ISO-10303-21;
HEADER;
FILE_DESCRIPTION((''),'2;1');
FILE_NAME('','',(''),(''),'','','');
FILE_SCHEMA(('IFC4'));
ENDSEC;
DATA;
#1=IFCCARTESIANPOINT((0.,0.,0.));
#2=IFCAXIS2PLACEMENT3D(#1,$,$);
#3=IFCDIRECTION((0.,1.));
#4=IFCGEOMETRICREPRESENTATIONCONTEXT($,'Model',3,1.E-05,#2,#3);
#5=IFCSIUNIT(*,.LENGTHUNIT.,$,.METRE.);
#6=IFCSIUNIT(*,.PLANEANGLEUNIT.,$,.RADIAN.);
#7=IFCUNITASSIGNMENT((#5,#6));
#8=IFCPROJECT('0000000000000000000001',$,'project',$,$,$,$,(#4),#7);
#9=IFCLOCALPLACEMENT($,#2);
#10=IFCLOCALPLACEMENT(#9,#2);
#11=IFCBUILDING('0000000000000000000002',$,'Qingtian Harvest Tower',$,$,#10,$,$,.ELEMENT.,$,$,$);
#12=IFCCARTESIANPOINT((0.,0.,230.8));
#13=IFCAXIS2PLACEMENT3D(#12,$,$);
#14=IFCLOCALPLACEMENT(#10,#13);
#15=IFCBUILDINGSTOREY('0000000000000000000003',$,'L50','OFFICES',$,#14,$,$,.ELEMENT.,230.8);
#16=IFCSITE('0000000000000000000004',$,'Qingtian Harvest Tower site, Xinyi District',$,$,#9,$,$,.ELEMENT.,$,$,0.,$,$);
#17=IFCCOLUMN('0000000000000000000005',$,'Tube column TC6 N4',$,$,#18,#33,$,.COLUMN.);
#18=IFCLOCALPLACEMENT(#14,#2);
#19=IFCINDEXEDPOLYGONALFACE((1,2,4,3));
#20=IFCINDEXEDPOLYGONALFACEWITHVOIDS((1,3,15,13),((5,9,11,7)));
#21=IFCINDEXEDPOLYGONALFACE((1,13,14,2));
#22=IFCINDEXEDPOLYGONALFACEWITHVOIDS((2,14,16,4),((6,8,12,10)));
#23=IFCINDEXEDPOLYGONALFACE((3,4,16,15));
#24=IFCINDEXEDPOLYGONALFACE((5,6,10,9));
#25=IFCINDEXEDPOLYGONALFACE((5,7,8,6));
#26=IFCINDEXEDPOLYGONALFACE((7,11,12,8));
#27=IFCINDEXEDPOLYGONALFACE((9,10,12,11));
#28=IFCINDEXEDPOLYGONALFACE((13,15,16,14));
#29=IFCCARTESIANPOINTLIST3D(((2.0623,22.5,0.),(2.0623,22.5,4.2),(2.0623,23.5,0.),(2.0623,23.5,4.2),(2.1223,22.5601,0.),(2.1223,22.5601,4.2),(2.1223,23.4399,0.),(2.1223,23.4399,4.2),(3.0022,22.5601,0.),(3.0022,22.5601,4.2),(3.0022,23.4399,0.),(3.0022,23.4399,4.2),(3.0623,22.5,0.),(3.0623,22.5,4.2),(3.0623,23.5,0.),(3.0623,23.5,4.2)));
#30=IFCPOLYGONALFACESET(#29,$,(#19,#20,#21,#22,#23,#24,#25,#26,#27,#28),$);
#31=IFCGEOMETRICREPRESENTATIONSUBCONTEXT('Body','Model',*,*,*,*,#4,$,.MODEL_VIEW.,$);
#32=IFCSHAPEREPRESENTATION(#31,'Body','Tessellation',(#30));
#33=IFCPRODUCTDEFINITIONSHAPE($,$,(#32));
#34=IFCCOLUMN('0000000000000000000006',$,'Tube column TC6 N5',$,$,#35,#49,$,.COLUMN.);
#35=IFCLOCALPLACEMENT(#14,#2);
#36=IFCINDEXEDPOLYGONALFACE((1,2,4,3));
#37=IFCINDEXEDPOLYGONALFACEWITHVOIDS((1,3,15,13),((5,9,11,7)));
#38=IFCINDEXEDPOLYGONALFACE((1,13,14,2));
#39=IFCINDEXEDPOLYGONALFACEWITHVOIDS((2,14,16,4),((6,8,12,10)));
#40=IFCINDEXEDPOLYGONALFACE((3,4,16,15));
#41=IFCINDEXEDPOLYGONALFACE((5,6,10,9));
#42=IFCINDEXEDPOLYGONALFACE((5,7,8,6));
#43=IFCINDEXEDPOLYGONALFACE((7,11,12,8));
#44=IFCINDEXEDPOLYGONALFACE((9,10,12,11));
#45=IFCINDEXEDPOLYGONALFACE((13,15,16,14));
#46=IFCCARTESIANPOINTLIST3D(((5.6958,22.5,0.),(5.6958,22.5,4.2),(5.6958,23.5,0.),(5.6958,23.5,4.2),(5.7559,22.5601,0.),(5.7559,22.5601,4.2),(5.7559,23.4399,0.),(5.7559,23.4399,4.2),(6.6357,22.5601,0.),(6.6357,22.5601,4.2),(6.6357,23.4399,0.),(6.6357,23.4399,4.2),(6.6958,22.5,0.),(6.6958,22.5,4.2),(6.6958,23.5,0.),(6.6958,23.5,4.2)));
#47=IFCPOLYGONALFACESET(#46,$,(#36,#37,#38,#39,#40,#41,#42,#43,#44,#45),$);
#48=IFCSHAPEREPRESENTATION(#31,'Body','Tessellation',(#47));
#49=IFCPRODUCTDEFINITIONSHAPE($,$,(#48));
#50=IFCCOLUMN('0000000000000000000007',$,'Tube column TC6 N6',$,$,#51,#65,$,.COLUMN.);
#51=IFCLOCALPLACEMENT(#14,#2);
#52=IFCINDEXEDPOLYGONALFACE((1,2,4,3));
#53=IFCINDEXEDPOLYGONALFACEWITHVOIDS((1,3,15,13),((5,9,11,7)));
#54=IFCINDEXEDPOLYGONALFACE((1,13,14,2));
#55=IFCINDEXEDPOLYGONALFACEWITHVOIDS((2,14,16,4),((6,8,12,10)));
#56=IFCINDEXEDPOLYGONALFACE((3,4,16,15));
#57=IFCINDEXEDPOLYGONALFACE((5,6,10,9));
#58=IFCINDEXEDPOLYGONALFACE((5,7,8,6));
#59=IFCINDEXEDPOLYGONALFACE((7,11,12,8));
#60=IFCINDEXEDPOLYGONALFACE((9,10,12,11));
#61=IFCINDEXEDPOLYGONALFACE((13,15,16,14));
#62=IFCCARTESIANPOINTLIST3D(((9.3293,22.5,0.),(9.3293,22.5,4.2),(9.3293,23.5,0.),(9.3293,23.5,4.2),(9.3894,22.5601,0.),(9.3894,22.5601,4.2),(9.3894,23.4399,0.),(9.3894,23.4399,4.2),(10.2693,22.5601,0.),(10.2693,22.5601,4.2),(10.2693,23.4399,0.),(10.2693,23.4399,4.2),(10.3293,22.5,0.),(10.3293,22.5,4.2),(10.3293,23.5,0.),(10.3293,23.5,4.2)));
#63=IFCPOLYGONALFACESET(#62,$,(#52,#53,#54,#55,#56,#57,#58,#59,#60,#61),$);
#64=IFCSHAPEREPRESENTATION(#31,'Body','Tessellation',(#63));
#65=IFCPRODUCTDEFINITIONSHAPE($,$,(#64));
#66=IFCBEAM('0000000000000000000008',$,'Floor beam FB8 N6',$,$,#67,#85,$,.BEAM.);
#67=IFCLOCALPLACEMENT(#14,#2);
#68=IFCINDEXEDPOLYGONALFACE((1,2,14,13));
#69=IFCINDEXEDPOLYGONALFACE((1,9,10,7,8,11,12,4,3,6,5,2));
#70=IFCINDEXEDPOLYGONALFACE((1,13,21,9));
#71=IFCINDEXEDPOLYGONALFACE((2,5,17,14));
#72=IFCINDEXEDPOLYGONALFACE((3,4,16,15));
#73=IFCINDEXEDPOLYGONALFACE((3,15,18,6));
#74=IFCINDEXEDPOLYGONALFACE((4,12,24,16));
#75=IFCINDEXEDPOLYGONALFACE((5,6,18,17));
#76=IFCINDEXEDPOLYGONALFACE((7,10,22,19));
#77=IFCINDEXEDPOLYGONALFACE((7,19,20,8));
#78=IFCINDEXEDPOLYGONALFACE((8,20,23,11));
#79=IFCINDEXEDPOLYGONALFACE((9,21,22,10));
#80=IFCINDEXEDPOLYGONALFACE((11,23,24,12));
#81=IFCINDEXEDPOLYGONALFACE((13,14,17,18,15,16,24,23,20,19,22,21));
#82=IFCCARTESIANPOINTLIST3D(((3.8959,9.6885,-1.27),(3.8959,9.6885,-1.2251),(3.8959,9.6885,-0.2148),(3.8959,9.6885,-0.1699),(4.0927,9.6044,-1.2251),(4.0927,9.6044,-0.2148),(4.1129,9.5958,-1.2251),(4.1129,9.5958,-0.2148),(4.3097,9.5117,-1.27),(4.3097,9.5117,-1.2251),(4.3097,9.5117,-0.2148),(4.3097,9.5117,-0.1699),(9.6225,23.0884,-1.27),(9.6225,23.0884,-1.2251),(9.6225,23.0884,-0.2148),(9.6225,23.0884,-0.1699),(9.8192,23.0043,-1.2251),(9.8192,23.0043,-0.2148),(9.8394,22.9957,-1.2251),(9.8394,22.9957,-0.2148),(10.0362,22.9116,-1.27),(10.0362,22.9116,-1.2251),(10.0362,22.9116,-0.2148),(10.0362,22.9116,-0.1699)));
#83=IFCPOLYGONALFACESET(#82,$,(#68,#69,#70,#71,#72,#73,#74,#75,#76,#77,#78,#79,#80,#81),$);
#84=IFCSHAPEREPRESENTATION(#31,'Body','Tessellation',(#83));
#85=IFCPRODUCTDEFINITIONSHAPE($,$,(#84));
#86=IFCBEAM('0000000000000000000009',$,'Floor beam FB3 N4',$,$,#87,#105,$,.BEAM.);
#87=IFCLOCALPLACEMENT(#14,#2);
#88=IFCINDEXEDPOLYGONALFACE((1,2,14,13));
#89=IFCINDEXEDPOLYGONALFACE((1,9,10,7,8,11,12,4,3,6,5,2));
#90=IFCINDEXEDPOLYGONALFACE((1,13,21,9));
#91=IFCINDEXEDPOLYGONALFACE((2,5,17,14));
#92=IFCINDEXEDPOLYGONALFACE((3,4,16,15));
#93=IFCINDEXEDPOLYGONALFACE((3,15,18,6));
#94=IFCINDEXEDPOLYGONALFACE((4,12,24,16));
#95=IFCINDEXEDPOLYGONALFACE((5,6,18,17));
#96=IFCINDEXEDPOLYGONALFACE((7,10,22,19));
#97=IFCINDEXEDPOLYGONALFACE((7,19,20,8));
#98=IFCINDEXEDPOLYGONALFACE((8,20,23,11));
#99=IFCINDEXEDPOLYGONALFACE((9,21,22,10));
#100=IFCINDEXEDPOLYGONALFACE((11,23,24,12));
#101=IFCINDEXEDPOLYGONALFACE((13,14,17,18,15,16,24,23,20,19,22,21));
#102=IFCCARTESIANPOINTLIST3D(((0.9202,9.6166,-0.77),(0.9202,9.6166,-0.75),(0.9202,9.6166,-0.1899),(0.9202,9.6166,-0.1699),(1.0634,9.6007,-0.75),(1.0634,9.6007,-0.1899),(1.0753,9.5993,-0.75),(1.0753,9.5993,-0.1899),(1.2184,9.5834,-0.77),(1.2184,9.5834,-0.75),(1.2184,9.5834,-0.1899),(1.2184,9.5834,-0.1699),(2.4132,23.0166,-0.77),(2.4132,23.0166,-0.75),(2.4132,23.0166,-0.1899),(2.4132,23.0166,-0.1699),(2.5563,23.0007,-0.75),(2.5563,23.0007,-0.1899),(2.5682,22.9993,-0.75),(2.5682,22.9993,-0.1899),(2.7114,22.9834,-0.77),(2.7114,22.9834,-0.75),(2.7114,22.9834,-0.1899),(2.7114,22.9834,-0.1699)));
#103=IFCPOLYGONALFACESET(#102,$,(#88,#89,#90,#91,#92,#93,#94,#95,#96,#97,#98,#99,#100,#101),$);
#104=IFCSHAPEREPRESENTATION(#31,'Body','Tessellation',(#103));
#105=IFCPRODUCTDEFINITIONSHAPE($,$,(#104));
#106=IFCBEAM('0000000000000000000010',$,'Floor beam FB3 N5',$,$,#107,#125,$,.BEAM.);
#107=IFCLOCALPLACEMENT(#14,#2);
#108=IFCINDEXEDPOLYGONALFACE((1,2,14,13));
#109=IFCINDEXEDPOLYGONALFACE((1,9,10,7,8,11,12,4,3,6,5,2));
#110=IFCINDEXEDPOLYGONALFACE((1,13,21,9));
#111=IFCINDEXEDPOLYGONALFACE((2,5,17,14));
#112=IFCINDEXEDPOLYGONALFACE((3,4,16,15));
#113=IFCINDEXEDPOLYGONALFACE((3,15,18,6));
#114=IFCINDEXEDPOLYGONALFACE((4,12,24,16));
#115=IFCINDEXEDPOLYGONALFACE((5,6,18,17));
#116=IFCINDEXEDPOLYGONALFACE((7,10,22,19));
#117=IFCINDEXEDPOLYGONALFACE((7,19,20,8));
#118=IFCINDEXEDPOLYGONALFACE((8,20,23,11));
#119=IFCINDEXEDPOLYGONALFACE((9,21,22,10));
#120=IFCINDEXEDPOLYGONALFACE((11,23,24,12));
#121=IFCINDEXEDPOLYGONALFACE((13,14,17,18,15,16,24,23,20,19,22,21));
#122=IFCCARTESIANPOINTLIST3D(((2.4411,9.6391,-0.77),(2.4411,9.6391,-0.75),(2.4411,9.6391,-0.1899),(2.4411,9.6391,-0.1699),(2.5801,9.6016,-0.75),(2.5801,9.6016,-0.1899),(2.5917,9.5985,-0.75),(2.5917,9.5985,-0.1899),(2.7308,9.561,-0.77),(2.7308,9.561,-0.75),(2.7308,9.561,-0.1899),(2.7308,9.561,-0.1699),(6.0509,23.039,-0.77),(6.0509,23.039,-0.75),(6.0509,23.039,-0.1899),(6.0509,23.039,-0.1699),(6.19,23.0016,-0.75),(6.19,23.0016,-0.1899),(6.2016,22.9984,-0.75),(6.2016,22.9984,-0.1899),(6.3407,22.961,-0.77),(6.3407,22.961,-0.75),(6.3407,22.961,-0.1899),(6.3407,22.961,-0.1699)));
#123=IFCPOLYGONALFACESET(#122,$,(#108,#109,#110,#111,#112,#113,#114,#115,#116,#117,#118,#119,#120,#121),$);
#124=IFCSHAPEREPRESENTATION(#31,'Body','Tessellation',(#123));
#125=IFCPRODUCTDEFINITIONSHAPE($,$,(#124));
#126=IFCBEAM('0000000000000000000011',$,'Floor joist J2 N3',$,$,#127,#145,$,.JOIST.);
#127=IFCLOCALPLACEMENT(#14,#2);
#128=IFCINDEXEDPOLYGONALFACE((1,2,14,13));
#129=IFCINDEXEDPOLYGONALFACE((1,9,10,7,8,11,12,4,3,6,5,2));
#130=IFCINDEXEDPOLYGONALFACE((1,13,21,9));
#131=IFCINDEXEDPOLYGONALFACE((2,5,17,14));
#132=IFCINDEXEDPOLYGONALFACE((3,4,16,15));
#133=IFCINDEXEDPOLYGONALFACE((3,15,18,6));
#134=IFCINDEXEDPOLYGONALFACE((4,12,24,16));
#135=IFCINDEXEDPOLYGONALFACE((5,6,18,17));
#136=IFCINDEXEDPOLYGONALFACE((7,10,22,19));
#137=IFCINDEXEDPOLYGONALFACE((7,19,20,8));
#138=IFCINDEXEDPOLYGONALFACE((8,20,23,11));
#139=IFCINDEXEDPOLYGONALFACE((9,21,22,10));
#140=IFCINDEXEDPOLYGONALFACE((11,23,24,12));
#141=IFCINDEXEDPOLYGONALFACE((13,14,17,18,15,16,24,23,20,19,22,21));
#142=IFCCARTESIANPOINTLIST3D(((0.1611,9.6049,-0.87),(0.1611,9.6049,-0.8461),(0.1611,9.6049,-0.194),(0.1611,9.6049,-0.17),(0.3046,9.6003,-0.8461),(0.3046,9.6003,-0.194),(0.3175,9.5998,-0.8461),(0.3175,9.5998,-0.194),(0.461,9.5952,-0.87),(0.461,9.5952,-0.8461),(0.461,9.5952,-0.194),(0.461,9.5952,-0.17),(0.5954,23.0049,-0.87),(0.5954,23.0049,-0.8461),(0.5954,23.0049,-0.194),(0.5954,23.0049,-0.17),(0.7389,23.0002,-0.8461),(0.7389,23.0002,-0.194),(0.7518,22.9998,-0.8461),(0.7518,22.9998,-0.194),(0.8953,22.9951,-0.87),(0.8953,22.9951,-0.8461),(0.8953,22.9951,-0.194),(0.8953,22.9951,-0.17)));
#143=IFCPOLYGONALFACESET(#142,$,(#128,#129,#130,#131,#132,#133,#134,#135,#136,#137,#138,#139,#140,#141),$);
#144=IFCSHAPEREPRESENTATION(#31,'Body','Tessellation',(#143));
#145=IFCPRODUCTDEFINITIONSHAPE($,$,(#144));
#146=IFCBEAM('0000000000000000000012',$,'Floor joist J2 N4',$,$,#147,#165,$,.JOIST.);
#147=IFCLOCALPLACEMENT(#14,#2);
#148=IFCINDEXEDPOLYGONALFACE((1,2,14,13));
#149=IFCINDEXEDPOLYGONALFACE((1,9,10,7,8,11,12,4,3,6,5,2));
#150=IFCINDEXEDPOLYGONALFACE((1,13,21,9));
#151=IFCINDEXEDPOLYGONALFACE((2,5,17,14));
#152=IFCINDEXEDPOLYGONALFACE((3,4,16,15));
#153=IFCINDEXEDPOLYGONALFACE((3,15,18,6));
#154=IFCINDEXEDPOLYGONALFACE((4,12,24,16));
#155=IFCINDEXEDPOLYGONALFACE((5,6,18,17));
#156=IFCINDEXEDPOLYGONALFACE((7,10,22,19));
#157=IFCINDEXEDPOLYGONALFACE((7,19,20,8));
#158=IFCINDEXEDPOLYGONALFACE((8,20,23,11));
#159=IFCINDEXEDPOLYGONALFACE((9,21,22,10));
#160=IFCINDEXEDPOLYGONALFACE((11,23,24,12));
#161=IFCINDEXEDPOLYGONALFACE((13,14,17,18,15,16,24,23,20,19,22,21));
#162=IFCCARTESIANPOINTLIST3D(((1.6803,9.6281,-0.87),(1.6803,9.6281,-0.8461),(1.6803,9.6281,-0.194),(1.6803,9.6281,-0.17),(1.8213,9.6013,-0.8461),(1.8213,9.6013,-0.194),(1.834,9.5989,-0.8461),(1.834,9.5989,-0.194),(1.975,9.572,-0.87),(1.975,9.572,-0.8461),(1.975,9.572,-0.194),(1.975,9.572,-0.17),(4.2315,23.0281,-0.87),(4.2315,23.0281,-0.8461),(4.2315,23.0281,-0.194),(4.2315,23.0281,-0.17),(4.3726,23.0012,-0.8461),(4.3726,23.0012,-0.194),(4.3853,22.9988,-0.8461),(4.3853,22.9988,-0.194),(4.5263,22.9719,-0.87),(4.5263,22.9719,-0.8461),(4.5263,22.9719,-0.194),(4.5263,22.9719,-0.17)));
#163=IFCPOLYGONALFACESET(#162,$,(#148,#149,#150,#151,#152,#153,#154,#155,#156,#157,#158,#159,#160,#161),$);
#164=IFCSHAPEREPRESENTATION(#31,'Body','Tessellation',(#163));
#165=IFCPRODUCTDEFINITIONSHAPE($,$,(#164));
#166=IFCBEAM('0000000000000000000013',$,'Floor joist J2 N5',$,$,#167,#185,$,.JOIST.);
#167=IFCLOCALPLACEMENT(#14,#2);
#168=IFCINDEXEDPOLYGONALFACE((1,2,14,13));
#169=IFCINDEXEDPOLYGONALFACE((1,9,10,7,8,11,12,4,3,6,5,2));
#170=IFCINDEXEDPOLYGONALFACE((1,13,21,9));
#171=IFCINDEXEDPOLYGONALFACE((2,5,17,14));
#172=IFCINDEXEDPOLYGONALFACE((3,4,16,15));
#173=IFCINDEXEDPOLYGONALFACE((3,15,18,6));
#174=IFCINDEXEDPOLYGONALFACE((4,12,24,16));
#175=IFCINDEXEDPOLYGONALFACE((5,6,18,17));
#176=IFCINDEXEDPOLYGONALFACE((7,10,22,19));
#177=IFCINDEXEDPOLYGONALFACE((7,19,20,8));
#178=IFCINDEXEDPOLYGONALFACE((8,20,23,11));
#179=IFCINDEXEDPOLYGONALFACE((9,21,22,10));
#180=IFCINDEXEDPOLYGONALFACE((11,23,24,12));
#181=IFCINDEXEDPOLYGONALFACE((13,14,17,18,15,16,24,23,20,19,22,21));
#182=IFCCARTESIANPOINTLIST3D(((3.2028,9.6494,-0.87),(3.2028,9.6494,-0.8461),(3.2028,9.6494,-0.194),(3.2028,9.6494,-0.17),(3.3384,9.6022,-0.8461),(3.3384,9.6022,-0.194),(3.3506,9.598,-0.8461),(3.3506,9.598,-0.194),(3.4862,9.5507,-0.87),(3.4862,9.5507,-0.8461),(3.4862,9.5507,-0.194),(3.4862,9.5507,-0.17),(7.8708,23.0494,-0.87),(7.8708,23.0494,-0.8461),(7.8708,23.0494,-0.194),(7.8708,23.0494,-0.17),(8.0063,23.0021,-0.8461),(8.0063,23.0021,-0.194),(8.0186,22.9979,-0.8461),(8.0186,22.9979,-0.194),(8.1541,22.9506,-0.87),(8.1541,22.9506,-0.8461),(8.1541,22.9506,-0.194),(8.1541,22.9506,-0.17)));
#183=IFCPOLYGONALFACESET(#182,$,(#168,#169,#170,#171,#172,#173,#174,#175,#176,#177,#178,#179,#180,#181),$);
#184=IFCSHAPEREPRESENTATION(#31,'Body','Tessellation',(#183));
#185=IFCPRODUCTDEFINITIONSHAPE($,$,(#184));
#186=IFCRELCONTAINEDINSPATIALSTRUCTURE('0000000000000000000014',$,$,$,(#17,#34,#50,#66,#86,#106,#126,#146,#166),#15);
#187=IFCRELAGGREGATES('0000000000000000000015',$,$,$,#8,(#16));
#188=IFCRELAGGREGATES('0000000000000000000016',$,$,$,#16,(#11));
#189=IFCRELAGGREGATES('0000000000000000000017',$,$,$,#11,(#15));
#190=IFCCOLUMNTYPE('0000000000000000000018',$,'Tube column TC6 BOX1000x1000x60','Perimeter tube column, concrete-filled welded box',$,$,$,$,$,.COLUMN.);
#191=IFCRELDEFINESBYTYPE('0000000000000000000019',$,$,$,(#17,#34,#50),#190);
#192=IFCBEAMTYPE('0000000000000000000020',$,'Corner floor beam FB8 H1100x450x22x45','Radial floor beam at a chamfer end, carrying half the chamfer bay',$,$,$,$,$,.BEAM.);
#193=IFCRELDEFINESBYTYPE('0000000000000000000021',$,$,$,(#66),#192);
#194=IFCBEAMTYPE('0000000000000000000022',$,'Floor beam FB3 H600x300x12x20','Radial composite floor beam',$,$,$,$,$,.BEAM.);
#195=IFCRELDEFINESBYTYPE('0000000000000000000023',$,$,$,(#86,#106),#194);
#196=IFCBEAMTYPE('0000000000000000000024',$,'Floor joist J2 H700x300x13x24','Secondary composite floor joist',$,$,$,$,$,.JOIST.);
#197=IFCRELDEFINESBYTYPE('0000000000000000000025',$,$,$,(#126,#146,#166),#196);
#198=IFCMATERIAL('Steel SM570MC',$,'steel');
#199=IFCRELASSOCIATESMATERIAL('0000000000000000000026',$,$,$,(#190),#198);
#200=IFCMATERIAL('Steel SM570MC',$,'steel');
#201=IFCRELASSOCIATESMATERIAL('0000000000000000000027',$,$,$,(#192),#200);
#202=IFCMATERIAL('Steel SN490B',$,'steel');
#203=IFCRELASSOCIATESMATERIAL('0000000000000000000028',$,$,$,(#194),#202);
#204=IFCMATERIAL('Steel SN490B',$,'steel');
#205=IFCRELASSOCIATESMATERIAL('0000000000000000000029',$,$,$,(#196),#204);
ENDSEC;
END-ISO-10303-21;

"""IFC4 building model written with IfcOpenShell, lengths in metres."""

from ifc_helpers import new_model, si_unit, direction, frame, origin, origin_2d, place, context, subcontext, project, spatial, hollow_rectangle, i_section, extrude, material, material_profile, profile_set, type_object, element, save


model = new_model("IFC4")

# Units and contexts
model_context = context("Model", 3, precision=1e-05, world=origin(), true_north=direction((0.0, 1.0)))
body_context = subcontext(model_context, "Body", "Model", "MODEL_VIEW")
ifc_project = project(units=[si_unit("LENGTHUNIT", "METRE"), si_unit("PLANEANGLEUNIT", "RADIAN")], contexts=[model_context])

# Site, building, storey
site_placement = place(None, origin())
site = spatial("IfcSite", under=ifc_project, at=site_placement, Name="Qingtian Harvest Tower site, Xinyi District", CompositionType="ELEMENT", RefElevation=0.0)
building_placement = place(site_placement, origin())
building = spatial("IfcBuilding", under=site, at=building_placement, Name="Qingtian Harvest Tower", CompositionType="ELEMENT")
storey_placement = place(building_placement, frame((0.0, 0.0, 230.8)))
storey = spatial("IfcBuildingStorey", under=building, at=storey_placement, Name="L50", Description="OFFICES", CompositionType="ELEMENT", Elevation=230.8)

# Columns
ifc_material_1 = material(Name="Steel SM570MC", Category="steel")
ifc_material_profile_1 = material_profile(ifc_material_1, hollow_rectangle(XDim=1.0, YDim=1.0, WallThickness=0.0601, at=origin_2d()), Name="BOX1000x1000x60")
ifc_profile_set_1 = profile_set([ifc_material_profile_1], Name="Steel SM570MC")
column_type = type_object("IfcColumnType", Name="Tube column TC6 BOX1000x1000x60", Description="Perimeter tube column, concrete-filled welded box", PredefinedType="COLUMN", material=ifc_profile_set_1)
for number, where, z_axis, x_axis, name in (
    (1, (2.5623, 23.0, 0.0), (0.0, 0.0, 1.0), (-1.0, 0.0, 0.0), "Tube column TC6 N4"),
    (2, (6.1958, 23.0, 0.0), (0.0, 0.0, 1.0), (-1.0, 0.0, 0.0), "Tube column TC6 N5"),
    (3, (9.8293, 23.0, 0.0), (0.0, 0.0, 1.0), (-1.0, 0.0, 0.0), "Tube column TC6 N6"),
):
    element("IfcColumn", number, at=place(storey_placement, frame(where, z_axis=z_axis, x_axis=x_axis)), inside=storey, type_object=column_type, Name=name, PredefinedType="COLUMN", context=body_context, shape_type="SweptSolid", body=[
        extrude(hollow_rectangle(XDim=1.0, YDim=1.0, WallThickness=0.0601, at=origin_2d()), origin(), (0.0, 0.0, 1.0), 4.2),
    ])

# Beams
ifc_material_2 = material(Name="Steel SM570MC", Category="steel")
ifc_material_profile_2 = material_profile(ifc_material_2, i_section(OverallWidth=0.45, OverallDepth=1.1001, WebThickness=0.022, FlangeThickness=0.0449, at=origin_2d()), Name="H1100x450x22x45")
ifc_profile_set_2 = profile_set([ifc_material_profile_2], Name="Steel SM570MC")
beam_type_1 = type_object("IfcBeamType", Name="Corner floor beam FB8 H1100x450x22x45", Description="Radial floor beam at a chamfer end, carrying half the chamfer bay", PredefinedType="BEAM", material=ifc_profile_set_2)
beam_1_placement = place(storey_placement, frame((9.8293, 23.0, -0.72), z_axis=(-0.392977, -0.919548, 0.0), x_axis=(0.919548, -0.392977, 0.0)))
element("IfcBeam", 4, at=beam_1_placement, inside=storey, type_object=beam_type_1, Name="Floor beam FB8 N6", PredefinedType="BEAM", context=body_context, shape_type="SweptSolid", body=[
    extrude(i_section(OverallWidth=0.45, OverallDepth=1.1001, WebThickness=0.022, FlangeThickness=0.0449, at=origin_2d()), origin(), (0.0, 0.0, 1.0), 14.5723),
])
ifc_material_3 = material(Name="Steel SN490B", Category="steel")
ifc_material_profile_3 = material_profile(ifc_material_3, i_section(OverallWidth=0.3, OverallDepth=0.6001, WebThickness=0.012, FlangeThickness=0.02, at=origin_2d()), Name="H600x300x12x20")
ifc_profile_set_3 = profile_set([ifc_material_profile_3], Name="Steel SN490B")
beam_type_2 = type_object("IfcBeamType", Name="Floor beam FB3 H600x300x12x20", Description="Radial composite floor beam", PredefinedType="BEAM", material=ifc_profile_set_3)
beam_2_placement = place(storey_placement, frame((2.5623, 23.0, -0.47), z_axis=(-0.110728, -0.993851, 0.0), x_axis=(0.993851, -0.110728, 0.0)))
element("IfcBeam", 5, at=beam_2_placement, inside=storey, type_object=beam_type_2, Name="Floor beam FB3 N4", PredefinedType="BEAM", context=body_context, shape_type="SweptSolid", body=[
    extrude(i_section(OverallWidth=0.3, OverallDepth=0.6001, WebThickness=0.012, FlangeThickness=0.02, at=origin_2d()), origin(), (0.0, 0.0, 1.0), 13.4829),
])
beam_3_placement = place(storey_placement, frame((6.1958, 23.0, -0.47), z_axis=(-0.260121, -0.965576, 0.0), x_axis=(0.965576, -0.260121, 0.0)))
element("IfcBeam", 6, at=beam_3_placement, inside=storey, type_object=beam_type_2, Name="Floor beam FB3 N5", PredefinedType="BEAM", context=body_context, shape_type="SweptSolid", body=[
    extrude(i_section(OverallWidth=0.3, OverallDepth=0.6001, WebThickness=0.012, FlangeThickness=0.02, at=origin_2d()), origin(), (0.0, 0.0, 1.0), 13.8777),
])
ifc_material_4 = material(Name="Steel SN490B", Category="steel")
ifc_material_profile_4 = material_profile(ifc_material_4, i_section(OverallWidth=0.3, OverallDepth=0.7, WebThickness=0.0129, FlangeThickness=0.0239, at=origin_2d()), Name="H700x300x13x24")
ifc_profile_set_4 = profile_set([ifc_material_profile_4], Name="Steel SN490B")
beam_type_3 = type_object("IfcBeamType", Name="Floor joist J2 H700x300x13x24", Description="Secondary composite floor joist", PredefinedType="JOIST", material=ifc_profile_set_4)
beam_4_placement = place(storey_placement, frame((0.7454, 23.0, -0.52), z_axis=(-0.032396, -0.999475, 0.0), x_axis=(0.999475, -0.032396, 0.0)))
element("IfcBeam", 7, at=beam_4_placement, inside=storey, type_object=beam_type_3, Name="Floor joist J2 N3", PredefinedType="JOIST", context=body_context, shape_type="SweptSolid", body=[
    extrude(i_section(OverallWidth=0.3, OverallDepth=0.7, WebThickness=0.0129, FlangeThickness=0.0239, at=origin_2d()), origin(), (0.0, 0.0, 1.0), 13.407),
])
beam_5_placement = place(storey_placement, frame((4.3789, 23.0, -0.52), z_axis=(-0.187035, -0.982353, 0.0), x_axis=(0.982353, -0.187035, 0.0)))
element("IfcBeam", 8, at=beam_5_placement, inside=storey, type_object=beam_type_3, Name="Floor joist J2 N4", PredefinedType="JOIST", context=body_context, shape_type="SweptSolid", body=[
    extrude(i_section(OverallWidth=0.3, OverallDepth=0.7, WebThickness=0.0129, FlangeThickness=0.0239, at=origin_2d()), origin(), (0.0, 0.0, 1.0), 13.6406),
])
beam_6_placement = place(storey_placement, frame((8.0125, 23.0, -0.52), z_axis=(-0.328969, -0.944341, 0.0), x_axis=(0.944341, -0.328969, 0.0)))
element("IfcBeam", 9, at=beam_6_placement, inside=storey, type_object=beam_type_3, Name="Floor joist J2 N5", PredefinedType="JOIST", context=body_context, shape_type="SweptSolid", body=[
    extrude(i_section(OverallWidth=0.3, OverallDepth=0.7, WebThickness=0.0129, FlangeThickness=0.0239, at=origin_2d()), origin(), (0.0, 0.0, 1.0), 14.1897),
])

save(model, "model.ifc")
